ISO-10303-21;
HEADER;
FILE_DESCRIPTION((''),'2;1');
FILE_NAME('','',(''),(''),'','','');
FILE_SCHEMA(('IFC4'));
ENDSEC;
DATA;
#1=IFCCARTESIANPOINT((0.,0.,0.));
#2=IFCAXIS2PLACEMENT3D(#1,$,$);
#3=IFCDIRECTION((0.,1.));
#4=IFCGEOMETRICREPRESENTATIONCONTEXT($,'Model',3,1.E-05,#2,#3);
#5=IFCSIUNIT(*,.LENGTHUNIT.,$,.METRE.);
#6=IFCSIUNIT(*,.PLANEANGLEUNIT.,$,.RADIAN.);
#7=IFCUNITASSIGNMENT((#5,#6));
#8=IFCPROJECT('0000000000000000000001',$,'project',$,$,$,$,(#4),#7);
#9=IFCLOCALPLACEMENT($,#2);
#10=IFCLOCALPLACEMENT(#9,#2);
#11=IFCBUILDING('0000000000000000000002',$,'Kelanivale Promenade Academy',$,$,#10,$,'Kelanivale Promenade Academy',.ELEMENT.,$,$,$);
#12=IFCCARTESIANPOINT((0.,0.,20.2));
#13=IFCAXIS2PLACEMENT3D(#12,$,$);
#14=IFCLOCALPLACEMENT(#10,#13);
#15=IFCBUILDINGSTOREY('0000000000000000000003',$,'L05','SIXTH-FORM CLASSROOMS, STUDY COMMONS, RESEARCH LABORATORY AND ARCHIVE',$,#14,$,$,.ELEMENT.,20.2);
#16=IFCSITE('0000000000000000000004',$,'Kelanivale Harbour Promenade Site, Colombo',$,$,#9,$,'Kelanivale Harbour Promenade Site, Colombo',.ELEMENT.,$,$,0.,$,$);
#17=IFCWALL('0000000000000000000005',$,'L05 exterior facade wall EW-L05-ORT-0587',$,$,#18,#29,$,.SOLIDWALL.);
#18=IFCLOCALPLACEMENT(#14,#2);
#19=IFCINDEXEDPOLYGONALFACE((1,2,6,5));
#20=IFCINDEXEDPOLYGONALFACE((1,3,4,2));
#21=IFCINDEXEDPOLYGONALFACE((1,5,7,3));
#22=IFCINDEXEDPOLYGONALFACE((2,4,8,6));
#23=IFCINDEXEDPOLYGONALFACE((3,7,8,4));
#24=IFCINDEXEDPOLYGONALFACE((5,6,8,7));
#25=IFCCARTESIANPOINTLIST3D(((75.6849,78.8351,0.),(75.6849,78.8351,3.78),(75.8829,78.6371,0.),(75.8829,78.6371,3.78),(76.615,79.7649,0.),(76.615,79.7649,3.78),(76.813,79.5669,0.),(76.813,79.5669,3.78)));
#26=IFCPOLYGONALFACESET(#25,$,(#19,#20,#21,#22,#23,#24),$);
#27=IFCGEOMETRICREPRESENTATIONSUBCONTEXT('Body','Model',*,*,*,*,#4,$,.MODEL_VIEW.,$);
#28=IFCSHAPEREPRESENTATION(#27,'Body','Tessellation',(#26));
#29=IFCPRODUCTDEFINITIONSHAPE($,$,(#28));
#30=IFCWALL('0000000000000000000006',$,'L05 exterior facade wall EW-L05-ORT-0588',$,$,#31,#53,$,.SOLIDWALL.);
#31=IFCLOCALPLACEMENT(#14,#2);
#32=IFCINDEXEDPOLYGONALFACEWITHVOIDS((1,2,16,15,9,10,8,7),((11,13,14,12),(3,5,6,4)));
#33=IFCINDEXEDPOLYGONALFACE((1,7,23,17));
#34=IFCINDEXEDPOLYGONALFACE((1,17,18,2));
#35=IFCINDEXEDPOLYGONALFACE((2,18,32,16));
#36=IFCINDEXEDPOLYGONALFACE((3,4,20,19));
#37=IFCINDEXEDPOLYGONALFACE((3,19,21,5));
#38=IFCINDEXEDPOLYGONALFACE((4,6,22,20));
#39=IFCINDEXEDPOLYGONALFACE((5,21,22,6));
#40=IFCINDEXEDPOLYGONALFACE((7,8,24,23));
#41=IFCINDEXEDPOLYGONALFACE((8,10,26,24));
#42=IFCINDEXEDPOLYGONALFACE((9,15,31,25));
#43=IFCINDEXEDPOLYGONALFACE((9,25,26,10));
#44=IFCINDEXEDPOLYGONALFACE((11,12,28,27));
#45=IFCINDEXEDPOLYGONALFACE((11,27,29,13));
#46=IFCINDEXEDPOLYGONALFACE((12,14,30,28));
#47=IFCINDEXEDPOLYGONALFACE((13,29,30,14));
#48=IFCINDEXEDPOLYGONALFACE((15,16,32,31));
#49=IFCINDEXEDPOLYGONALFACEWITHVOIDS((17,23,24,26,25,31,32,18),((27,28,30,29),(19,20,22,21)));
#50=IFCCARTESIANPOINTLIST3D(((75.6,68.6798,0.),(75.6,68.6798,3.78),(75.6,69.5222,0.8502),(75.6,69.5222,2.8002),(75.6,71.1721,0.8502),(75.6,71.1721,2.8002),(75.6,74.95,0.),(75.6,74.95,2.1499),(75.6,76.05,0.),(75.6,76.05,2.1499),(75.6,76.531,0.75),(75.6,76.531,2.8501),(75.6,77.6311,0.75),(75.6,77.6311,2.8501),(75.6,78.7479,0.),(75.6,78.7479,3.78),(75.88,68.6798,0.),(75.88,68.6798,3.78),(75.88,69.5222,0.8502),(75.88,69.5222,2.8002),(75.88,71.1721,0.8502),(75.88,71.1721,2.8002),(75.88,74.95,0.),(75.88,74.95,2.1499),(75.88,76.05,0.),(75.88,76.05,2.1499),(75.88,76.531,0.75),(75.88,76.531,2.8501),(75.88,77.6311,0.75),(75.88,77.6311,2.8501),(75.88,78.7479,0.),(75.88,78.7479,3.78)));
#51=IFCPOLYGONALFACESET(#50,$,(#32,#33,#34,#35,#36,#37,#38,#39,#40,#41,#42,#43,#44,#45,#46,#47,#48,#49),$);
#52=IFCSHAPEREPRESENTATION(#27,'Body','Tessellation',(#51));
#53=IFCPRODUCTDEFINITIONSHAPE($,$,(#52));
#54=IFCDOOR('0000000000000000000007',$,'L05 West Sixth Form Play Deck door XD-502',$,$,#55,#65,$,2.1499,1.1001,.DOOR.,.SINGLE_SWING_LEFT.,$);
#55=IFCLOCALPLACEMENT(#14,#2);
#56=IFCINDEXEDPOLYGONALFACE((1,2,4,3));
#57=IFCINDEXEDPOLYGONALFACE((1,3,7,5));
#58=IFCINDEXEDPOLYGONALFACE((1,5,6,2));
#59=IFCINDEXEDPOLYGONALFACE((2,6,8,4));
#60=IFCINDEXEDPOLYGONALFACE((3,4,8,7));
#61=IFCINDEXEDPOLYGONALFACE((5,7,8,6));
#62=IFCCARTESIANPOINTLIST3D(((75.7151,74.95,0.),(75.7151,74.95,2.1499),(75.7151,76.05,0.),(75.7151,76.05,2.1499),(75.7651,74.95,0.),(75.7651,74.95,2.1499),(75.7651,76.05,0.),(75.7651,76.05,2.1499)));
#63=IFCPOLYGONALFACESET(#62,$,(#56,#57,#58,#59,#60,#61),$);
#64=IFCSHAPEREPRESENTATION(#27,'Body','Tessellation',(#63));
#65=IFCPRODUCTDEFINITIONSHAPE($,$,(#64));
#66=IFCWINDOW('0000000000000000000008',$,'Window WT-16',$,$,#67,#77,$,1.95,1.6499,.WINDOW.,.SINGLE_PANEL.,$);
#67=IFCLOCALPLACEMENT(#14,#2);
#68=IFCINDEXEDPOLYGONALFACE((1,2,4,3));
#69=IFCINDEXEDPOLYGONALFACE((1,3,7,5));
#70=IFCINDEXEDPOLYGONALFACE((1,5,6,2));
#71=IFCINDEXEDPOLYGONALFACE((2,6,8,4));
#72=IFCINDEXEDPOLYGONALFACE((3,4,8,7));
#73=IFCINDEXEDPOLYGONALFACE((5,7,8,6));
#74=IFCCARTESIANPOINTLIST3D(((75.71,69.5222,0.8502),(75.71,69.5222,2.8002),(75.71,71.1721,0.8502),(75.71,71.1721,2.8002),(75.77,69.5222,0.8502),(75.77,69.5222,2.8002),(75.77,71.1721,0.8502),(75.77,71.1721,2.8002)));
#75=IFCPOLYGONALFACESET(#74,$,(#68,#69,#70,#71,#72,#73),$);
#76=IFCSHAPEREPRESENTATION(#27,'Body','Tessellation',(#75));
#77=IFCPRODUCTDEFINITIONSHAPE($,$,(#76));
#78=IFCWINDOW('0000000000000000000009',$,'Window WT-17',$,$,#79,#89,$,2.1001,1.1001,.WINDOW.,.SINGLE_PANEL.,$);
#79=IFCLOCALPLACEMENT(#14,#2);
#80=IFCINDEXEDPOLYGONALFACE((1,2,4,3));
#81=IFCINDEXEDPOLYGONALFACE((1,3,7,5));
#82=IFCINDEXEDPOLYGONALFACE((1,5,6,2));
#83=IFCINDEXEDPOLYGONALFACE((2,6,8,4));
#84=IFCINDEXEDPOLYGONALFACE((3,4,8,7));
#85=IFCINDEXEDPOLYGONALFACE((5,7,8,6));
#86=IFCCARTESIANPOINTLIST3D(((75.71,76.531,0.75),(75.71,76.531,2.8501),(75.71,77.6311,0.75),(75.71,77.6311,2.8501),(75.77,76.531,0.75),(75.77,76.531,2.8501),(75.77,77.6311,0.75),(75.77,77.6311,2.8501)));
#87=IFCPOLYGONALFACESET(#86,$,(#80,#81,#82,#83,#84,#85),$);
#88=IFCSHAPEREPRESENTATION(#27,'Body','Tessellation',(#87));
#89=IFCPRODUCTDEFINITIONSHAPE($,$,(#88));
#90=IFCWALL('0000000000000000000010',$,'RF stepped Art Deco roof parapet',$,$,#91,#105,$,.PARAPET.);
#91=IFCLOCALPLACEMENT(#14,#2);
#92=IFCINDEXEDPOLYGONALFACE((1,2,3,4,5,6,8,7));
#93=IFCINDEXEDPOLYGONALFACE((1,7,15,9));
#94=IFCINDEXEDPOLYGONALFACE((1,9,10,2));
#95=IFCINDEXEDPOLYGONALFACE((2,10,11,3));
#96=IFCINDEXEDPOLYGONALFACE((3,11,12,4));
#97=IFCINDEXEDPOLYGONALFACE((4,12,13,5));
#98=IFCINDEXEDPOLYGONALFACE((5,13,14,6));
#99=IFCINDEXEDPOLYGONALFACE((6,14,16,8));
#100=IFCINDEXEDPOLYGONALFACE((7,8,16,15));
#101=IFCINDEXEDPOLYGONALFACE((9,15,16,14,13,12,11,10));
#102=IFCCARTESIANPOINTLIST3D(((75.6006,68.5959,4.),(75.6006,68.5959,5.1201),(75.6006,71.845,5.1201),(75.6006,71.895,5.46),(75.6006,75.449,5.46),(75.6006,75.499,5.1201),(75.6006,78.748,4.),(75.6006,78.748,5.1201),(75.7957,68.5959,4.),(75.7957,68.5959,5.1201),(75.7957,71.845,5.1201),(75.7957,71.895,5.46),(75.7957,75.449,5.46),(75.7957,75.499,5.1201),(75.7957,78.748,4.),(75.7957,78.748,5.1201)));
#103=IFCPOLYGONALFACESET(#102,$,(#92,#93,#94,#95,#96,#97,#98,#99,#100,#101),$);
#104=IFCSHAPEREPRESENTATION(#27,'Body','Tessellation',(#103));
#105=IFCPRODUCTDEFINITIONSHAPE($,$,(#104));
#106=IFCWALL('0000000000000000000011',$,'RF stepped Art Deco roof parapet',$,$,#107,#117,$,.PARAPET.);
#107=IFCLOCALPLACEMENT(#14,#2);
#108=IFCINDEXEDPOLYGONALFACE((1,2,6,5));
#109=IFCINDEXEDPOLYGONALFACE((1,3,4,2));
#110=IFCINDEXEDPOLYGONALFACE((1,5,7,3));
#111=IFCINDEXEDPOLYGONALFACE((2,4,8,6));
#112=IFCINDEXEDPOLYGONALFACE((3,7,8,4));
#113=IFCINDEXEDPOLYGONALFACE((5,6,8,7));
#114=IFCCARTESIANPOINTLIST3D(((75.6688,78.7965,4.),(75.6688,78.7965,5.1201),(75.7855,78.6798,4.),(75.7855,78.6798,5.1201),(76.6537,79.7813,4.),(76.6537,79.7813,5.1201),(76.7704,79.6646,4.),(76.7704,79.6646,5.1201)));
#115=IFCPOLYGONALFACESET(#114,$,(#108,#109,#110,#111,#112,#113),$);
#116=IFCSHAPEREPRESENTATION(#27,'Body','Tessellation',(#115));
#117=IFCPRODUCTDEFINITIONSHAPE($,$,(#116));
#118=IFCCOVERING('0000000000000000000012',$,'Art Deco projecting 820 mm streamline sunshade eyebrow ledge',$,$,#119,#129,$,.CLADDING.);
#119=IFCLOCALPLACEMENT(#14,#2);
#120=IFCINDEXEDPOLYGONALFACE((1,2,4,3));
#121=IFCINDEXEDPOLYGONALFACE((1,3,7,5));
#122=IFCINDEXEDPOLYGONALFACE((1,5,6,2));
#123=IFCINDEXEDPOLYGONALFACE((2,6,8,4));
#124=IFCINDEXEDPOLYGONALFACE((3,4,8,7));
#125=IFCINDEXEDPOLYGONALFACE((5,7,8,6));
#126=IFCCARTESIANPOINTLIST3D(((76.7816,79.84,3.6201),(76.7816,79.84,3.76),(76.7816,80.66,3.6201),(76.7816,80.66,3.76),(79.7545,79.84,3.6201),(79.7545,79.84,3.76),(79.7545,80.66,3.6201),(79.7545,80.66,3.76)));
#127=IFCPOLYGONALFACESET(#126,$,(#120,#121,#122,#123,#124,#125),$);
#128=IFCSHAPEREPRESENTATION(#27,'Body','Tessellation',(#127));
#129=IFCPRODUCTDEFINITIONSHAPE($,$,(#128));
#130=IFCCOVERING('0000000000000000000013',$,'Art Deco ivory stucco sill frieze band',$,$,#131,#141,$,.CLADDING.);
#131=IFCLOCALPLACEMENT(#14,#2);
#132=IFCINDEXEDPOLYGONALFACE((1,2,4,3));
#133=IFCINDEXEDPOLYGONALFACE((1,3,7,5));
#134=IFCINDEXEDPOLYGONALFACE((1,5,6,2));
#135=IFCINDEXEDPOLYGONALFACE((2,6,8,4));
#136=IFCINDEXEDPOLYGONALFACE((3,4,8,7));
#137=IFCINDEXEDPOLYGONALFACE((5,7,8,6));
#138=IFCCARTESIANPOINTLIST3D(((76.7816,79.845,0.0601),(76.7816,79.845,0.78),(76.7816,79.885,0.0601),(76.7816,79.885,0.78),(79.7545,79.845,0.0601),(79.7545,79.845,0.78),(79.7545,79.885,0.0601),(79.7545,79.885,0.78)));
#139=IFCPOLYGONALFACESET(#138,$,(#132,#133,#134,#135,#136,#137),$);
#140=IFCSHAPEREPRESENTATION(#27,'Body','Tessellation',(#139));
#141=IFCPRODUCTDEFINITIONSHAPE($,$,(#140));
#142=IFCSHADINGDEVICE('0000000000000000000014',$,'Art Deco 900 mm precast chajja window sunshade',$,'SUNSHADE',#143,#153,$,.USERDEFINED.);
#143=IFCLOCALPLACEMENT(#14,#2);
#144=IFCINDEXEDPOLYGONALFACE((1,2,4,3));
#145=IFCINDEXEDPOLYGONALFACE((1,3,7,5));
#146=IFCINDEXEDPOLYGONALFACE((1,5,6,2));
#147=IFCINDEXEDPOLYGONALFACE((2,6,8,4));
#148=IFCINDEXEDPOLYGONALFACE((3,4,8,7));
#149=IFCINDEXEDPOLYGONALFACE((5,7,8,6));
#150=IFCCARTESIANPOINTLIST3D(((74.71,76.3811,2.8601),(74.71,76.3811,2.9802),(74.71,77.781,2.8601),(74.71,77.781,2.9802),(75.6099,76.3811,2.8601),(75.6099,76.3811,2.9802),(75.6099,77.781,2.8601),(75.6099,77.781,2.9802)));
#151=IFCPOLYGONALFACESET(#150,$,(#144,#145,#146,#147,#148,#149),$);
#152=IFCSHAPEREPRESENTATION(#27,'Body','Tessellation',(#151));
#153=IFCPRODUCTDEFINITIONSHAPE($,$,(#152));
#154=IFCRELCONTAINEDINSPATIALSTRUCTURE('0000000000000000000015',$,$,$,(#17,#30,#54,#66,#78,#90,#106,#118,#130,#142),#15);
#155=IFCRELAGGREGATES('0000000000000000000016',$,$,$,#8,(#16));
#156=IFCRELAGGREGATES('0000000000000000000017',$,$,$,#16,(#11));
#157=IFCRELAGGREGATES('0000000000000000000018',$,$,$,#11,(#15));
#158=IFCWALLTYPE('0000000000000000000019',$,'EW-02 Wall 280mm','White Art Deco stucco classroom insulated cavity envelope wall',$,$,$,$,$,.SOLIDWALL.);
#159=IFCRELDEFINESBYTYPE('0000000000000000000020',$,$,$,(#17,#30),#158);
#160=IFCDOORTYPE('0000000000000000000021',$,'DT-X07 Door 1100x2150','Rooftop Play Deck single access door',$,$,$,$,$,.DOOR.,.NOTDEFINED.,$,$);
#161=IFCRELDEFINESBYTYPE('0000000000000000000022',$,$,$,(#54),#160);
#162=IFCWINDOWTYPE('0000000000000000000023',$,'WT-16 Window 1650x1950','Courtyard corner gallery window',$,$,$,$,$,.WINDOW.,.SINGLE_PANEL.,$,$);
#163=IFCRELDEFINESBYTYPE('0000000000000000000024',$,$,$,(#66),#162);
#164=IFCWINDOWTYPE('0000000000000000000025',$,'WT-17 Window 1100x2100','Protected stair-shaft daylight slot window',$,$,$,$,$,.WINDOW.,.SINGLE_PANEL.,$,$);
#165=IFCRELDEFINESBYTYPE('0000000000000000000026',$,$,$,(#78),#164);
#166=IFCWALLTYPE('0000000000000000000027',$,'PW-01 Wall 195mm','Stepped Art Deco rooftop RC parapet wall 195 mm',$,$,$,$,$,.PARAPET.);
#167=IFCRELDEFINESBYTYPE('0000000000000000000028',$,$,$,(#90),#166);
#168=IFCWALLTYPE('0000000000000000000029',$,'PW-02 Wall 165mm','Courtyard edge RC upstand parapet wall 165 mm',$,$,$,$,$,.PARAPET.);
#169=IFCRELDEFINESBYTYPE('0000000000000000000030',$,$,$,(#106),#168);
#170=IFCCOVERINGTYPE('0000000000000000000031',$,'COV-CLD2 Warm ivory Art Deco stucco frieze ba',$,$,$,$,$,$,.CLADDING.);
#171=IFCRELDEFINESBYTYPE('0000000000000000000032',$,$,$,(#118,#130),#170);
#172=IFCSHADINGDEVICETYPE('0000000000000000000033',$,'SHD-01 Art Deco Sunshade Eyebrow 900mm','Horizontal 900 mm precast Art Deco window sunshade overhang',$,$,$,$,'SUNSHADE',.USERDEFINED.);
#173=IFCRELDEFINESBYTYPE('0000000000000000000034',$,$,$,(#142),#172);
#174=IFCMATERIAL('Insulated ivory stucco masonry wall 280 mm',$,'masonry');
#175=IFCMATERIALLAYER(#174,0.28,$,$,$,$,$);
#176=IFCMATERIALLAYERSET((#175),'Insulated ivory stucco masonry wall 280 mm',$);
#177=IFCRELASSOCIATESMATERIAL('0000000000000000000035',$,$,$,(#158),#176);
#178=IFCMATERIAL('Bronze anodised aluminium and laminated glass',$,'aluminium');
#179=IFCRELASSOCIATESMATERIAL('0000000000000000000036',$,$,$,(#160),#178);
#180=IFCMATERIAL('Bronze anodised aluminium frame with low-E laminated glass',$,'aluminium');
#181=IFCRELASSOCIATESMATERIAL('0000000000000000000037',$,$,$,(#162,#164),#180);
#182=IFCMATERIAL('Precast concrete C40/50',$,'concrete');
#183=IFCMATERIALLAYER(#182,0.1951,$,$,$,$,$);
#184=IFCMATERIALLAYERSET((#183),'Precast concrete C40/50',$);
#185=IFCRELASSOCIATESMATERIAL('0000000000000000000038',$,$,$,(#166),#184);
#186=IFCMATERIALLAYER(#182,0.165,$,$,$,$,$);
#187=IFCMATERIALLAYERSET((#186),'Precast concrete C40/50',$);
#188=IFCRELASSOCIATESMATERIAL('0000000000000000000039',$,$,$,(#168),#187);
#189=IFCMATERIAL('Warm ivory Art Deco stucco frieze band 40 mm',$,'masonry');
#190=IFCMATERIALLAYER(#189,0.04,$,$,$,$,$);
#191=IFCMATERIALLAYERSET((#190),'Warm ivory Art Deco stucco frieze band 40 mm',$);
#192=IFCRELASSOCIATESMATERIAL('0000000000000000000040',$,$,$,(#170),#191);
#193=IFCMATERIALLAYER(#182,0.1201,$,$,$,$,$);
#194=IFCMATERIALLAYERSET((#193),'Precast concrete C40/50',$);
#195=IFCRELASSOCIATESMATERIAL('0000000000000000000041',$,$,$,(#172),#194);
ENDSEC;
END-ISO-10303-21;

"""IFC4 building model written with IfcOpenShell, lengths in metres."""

from ifc_helpers import new_model, si_unit, direction, frame, frame_2d, origin, origin_2d, place, context, subcontext, project, spatial, polyline, rectangle, outline, extrude, material, layer, layer_set, type_object, element, fill, save


model = new_model("IFC4")

# Units and contexts
model_context = context("Model", 3, precision=1e-05, world=origin(), true_north=direction((0.0, 1.0)))
body_context = subcontext(model_context, "Body", "Model", "MODEL_VIEW")
ifc_project = project(units=[si_unit("LENGTHUNIT", "METRE"), si_unit("PLANEANGLEUNIT", "RADIAN")], contexts=[model_context])

# Site, building, storey
site_placement = place(None, origin())
site = spatial("IfcSite", under=ifc_project, at=site_placement, Name="Kelanivale Harbour Promenade Site, Colombo", LongName="Kelanivale Harbour Promenade Site, Colombo", CompositionType="ELEMENT", RefElevation=0.0)
building_placement = place(site_placement, origin())
building = spatial("IfcBuilding", under=site, at=building_placement, Name="Kelanivale Promenade Academy", LongName="Kelanivale Promenade Academy", CompositionType="ELEMENT")
storey_placement = place(building_placement, frame((0.0, 0.0, 20.2)))
storey = spatial("IfcBuildingStorey", under=building, at=storey_placement, Name="L05", Description="SIXTH-FORM CLASSROOMS, STUDY COMMONS, RESEARCH LABORATORY AND ARCHIVE", CompositionType="ELEMENT", Elevation=20.2)

# Shared definitions
ifc_material_1 = material(Name="Insulated ivory stucco masonry wall 280 mm", Category="masonry")
ifc_layer_1 = layer(ifc_material_1, 0.28)
ifc_layer_set_1 = layer_set([ifc_layer_1], Name="Insulated ivory stucco masonry wall 280 mm")
wall_type_1 = type_object("IfcWallType", Name="EW-02 Wall 280mm", Description="White Art Deco stucco classroom insulated cavity envelope wall", PredefinedType="SOLIDWALL", material=ifc_layer_set_1)
ifc_material_2 = material(Name="Bronze anodised aluminium frame with low-E laminated glass", Category="aluminium")

# Wall
wall_1_placement = place(storey_placement, frame((76.7141, 79.666, 0.0), z_axis=(0.0, 0.0, 1.0), x_axis=(-0.7072, -0.707014, 0.0)))
element("IfcWall", 1, at=wall_1_placement, inside=storey, type_object=wall_type_1, Name="L05 exterior facade wall EW-L05-ORT-0587", PredefinedType="SOLIDWALL", context=body_context, shape_type="SweptSolid", body=[
    extrude(rectangle(XDim=1.3152, YDim=0.28, at=frame_2d((0.6577, 0.0))), origin(), (0.0, 0.0, 1.0), 3.78),
])

# Wall, openings, door, windows
wall_2_placement = place(storey_placement, frame((75.74, 78.748, 0.0), z_axis=(0.0, 0.0, 1.0), x_axis=(0.0, -1.0, 0.0)))
wall_2 = element("IfcWall", 2, at=wall_2_placement, inside=storey, type_object=wall_type_1, Name="L05 exterior facade wall EW-L05-ORT-0588", PredefinedType="SOLIDWALL", context=body_context, shape_type="SweptSolid", body=[
    extrude(rectangle(XDim=10.0681, YDim=0.28, at=frame_2d((5.0342, 0.0))), origin(), (0.0, 0.0, 1.0), 3.78),
])
opening_1_placement = place(wall_2_placement, frame((2.698, 0.0, 0.0)))
opening_1 = element("IfcOpeningElement", 3, at=opening_1_placement, cuts=wall_2, PredefinedType="OPENING", context=body_context, shape_type="SweptSolid", body=[
    extrude(rectangle(XDim=1.1001, YDim=2.1499, at=frame_2d((0.55, 1.075))), frame((0.0, 0.1499, 0.0), z_axis=(0.0, -1.0, 0.0), x_axis=(1.0, 0.0, 0.0)), (0.0, 0.0, 1.0), 0.3),
])
opening_2_placement = place(wall_2_placement, frame((1.1169, 0.0, 0.75)))
opening_2 = element("IfcOpeningElement", 4, at=opening_2_placement, cuts=wall_2, PredefinedType="OPENING", context=body_context, shape_type="SweptSolid", body=[
    extrude(rectangle(XDim=1.1001, YDim=2.1001, at=frame_2d((0.55, 1.05))), frame((0.0, 0.1499, 0.0), z_axis=(0.0, -1.0, 0.0), x_axis=(1.0, 0.0, 0.0)), (0.0, 0.0, 1.0), 0.3),
])
opening_3_placement = place(wall_2_placement, frame((7.5759, 0.0, 0.8501)))
opening_3 = element("IfcOpeningElement", 5, at=opening_3_placement, cuts=wall_2, PredefinedType="OPENING", context=body_context, shape_type="SweptSolid", body=[
    extrude(rectangle(XDim=1.6499, YDim=1.95, at=frame_2d((0.825, 0.9751))), frame((0.0, 0.1499, 0.0), z_axis=(0.0, -1.0, 0.0), x_axis=(1.0, 0.0, 0.0)), (0.0, 0.0, 1.0), 0.3),
])
ifc_material_3 = material(Name="Bronze anodised aluminium and laminated glass", Category="aluminium")
door_type = type_object("IfcDoorType", Name="DT-X07 Door 1100x2150", Description="Rooftop Play Deck single access door", OperationType="NOTDEFINED", PredefinedType="DOOR", material=ifc_material_3)
door_placement = place(opening_1_placement, frame((1.1001, 0.0, 0.0), z_axis=(0.0, 0.0, 1.0), x_axis=(-1.0, 0.0, 0.0)))
door = element("IfcDoor", 6, at=door_placement, inside=storey, type_object=door_type, Name="L05 West Sixth Form Play Deck door XD-502", OperationType="SINGLE_SWING_LEFT", OverallHeight=2.1499, OverallWidth=1.1001, PredefinedType="DOOR", context=body_context, shape_type="SweptSolid", body=[
    extrude(rectangle(XDim=1.1001, YDim=2.1499, at=frame_2d((0.55, 1.075))), frame((0.0, 0.0249, 0.0), z_axis=(0.0, -1.0, 0.0), x_axis=(1.0, 0.0, 0.0)), (0.0, 0.0, 1.0), 0.05),
])
fill(opening_1, door)
window_type_1 = type_object("IfcWindowType", Name="WT-16 Window 1650x1950", Description="Courtyard corner gallery window", PartitioningType="SINGLE_PANEL", PredefinedType="WINDOW", material=ifc_material_2)
window_1_placement = place(opening_3_placement, origin())
window_1 = element("IfcWindow", 7, at=window_1_placement, inside=storey, type_object=window_type_1, Name="Window WT-16", OverallHeight=1.95, OverallWidth=1.6499, PartitioningType="SINGLE_PANEL", PredefinedType="WINDOW", context=body_context, shape_type="SweptSolid", body=[
    extrude(rectangle(XDim=1.6499, YDim=1.95, at=frame_2d((0.825, 0.9751))), frame((0.0, 0.03, 0.0), z_axis=(0.0, -1.0, 0.0), x_axis=(1.0, 0.0, 0.0)), (0.0, 0.0, 1.0), 0.0601),
])
fill(opening_3, window_1)
window_type_2 = type_object("IfcWindowType", Name="WT-17 Window 1100x2100", Description="Protected stair-shaft daylight slot window", PartitioningType="SINGLE_PANEL", PredefinedType="WINDOW", material=ifc_material_2)
window_2_placement = place(opening_2_placement, origin())
window_2 = element("IfcWindow", 8, at=window_2_placement, inside=storey, type_object=window_type_2, Name="Window WT-17", OverallHeight=2.1001, OverallWidth=1.1001, PartitioningType="SINGLE_PANEL", PredefinedType="WINDOW", context=body_context, shape_type="SweptSolid", body=[
    extrude(rectangle(XDim=1.1001, YDim=2.1001, at=frame_2d((0.55, 1.05))), frame((0.0, 0.03, 0.0), z_axis=(0.0, -1.0, 0.0), x_axis=(1.0, 0.0, 0.0)), (0.0, 0.0, 1.0), 0.0601),
])
fill(opening_2, window_2)

# Walls
ifc_material_4 = material(Name="Precast concrete C40/50", Category="concrete")
ifc_layer_2 = layer(ifc_material_4, 0.1951)
ifc_layer_set_2 = layer_set([ifc_layer_2], Name="Precast concrete C40/50")
wall_type_2 = type_object("IfcWallType", Name="PW-01 Wall 195mm", Description="Stepped Art Deco rooftop RC parapet wall 195 mm", PredefinedType="PARAPET", material=ifc_layer_set_2)
wall_3_placement = place(storey_placement, frame((75.698, 78.748, 4.0), z_axis=(0.0, 0.0, 1.0), x_axis=(0.0, -1.0, 0.0)))
element("IfcWall", 9, at=wall_3_placement, inside=storey, type_object=wall_type_2, Name="RF stepped Art Deco roof parapet", PredefinedType="PARAPET", context=body_context, shape_type="SweptSolid", body=[
    extrude(outline(polyline([(0.0, 0.0), (10.1521, 0.0), (10.1521, 1.1201), (6.9031, 1.1201), (6.853, 1.46), (3.2991, 1.46), (3.249, 1.1201), (0.0, 1.1201), (0.0, 0.0)])), frame((0.0, 0.0977, 0.0), z_axis=(0.0, -1.0, 0.0), x_axis=(1.0, 0.0, 0.0)), (0.0, 0.0, 1.0), 0.1951),
])
ifc_layer_3 = layer(ifc_material_4, 0.165)
ifc_layer_set_3 = layer_set([ifc_layer_3], Name="Precast concrete C40/50")
wall_type_3 = type_object("IfcWallType", Name="PW-02 Wall 165mm", Description="Courtyard edge RC upstand parapet wall 165 mm", PredefinedType="PARAPET", material=ifc_layer_set_3)
wall_4_placement = place(storey_placement, frame((76.7119, 79.7229, 4.0), z_axis=(0.0, 0.0, 1.0), x_axis=(-0.707107, -0.707107, 0.0)))
element("IfcWall", 10, at=wall_4_placement, inside=storey, type_object=wall_type_3, Name="RF stepped Art Deco roof parapet", PredefinedType="PARAPET", context=body_context, shape_type="SweptSolid", body=[
    extrude(rectangle(XDim=1.3928, YDim=0.165, at=frame_2d((0.6963, 0.0))), origin(), (0.0, 0.0, 1.0), 1.1201),
])

# Coverings
ifc_material_5 = material(Name="Warm ivory Art Deco stucco frieze band 40 mm", Category="masonry")
ifc_layer_4 = layer(ifc_material_5, 0.04)
ifc_layer_set_4 = layer_set([ifc_layer_4], Name="Warm ivory Art Deco stucco frieze band 40 mm")
covering_type = type_object("IfcCoveringType", Name="COV-CLD2 Warm ivory Art Deco stucco frieze ba", PredefinedType="CLADDING", material=ifc_layer_set_4)
covering_1_placement = place(storey_placement, frame((78.2681, 80.25, 3.6201), z_axis=(0.0, 0.0, 1.0), x_axis=(-1.0, 0.0, 0.0)))
element("IfcCovering", 11, at=covering_1_placement, inside=storey, type_object=covering_type, Name="Art Deco projecting 820 mm streamline sunshade eyebrow ledge", PredefinedType="CLADDING", context=body_context, shape_type="SweptSolid", body=[
    extrude(rectangle(XDim=2.9729, YDim=0.8201, at=origin_2d()), origin(), (0.0, 0.0, 1.0), 0.1399),
])
covering_2_placement = place(storey_placement, frame((78.2681, 79.865, 0.0601), z_axis=(0.0, 0.0, 1.0), x_axis=(-1.0, 0.0, 0.0)))
element("IfcCovering", 12, at=covering_2_placement, inside=storey, type_object=covering_type, Name="Art Deco ivory stucco sill frieze band", PredefinedType="CLADDING", context=body_context, shape_type="SweptSolid", body=[
    extrude(rectangle(XDim=2.9729, YDim=0.04, at=origin_2d()), origin(), (0.0, 0.0, 1.0), 0.72),
])

# Shading device
ifc_layer_5 = layer(ifc_material_4, 0.1201)
ifc_layer_set_5 = layer_set([ifc_layer_5], Name="Precast concrete C40/50")
shading_device_type = type_object("IfcShadingDeviceType", Name="SHD-01 Art Deco Sunshade Eyebrow 900mm", Description="Horizontal 900 mm precast Art Deco window sunshade overhang", ElementType="SUNSHADE", PredefinedType="USERDEFINED", material=ifc_layer_set_5)
shading_device_placement = place(storey_placement, frame((75.1599, 77.0811, 2.8601), z_axis=(0.0, 0.0, 1.0), x_axis=(0.0, -1.0, 0.0)))
element("IfcShadingDevice", 13, at=shading_device_placement, inside=storey, type_object=shading_device_type, Name="Art Deco 900 mm precast chajja window sunshade", ObjectType="SUNSHADE", PredefinedType="USERDEFINED", context=body_context, shape_type="SweptSolid", body=[
    extrude(rectangle(XDim=1.3999, YDim=0.8999, at=origin_2d()), origin(), (0.0, 0.0, 1.0), 0.1201),
])

save(model, "model.ifc")
